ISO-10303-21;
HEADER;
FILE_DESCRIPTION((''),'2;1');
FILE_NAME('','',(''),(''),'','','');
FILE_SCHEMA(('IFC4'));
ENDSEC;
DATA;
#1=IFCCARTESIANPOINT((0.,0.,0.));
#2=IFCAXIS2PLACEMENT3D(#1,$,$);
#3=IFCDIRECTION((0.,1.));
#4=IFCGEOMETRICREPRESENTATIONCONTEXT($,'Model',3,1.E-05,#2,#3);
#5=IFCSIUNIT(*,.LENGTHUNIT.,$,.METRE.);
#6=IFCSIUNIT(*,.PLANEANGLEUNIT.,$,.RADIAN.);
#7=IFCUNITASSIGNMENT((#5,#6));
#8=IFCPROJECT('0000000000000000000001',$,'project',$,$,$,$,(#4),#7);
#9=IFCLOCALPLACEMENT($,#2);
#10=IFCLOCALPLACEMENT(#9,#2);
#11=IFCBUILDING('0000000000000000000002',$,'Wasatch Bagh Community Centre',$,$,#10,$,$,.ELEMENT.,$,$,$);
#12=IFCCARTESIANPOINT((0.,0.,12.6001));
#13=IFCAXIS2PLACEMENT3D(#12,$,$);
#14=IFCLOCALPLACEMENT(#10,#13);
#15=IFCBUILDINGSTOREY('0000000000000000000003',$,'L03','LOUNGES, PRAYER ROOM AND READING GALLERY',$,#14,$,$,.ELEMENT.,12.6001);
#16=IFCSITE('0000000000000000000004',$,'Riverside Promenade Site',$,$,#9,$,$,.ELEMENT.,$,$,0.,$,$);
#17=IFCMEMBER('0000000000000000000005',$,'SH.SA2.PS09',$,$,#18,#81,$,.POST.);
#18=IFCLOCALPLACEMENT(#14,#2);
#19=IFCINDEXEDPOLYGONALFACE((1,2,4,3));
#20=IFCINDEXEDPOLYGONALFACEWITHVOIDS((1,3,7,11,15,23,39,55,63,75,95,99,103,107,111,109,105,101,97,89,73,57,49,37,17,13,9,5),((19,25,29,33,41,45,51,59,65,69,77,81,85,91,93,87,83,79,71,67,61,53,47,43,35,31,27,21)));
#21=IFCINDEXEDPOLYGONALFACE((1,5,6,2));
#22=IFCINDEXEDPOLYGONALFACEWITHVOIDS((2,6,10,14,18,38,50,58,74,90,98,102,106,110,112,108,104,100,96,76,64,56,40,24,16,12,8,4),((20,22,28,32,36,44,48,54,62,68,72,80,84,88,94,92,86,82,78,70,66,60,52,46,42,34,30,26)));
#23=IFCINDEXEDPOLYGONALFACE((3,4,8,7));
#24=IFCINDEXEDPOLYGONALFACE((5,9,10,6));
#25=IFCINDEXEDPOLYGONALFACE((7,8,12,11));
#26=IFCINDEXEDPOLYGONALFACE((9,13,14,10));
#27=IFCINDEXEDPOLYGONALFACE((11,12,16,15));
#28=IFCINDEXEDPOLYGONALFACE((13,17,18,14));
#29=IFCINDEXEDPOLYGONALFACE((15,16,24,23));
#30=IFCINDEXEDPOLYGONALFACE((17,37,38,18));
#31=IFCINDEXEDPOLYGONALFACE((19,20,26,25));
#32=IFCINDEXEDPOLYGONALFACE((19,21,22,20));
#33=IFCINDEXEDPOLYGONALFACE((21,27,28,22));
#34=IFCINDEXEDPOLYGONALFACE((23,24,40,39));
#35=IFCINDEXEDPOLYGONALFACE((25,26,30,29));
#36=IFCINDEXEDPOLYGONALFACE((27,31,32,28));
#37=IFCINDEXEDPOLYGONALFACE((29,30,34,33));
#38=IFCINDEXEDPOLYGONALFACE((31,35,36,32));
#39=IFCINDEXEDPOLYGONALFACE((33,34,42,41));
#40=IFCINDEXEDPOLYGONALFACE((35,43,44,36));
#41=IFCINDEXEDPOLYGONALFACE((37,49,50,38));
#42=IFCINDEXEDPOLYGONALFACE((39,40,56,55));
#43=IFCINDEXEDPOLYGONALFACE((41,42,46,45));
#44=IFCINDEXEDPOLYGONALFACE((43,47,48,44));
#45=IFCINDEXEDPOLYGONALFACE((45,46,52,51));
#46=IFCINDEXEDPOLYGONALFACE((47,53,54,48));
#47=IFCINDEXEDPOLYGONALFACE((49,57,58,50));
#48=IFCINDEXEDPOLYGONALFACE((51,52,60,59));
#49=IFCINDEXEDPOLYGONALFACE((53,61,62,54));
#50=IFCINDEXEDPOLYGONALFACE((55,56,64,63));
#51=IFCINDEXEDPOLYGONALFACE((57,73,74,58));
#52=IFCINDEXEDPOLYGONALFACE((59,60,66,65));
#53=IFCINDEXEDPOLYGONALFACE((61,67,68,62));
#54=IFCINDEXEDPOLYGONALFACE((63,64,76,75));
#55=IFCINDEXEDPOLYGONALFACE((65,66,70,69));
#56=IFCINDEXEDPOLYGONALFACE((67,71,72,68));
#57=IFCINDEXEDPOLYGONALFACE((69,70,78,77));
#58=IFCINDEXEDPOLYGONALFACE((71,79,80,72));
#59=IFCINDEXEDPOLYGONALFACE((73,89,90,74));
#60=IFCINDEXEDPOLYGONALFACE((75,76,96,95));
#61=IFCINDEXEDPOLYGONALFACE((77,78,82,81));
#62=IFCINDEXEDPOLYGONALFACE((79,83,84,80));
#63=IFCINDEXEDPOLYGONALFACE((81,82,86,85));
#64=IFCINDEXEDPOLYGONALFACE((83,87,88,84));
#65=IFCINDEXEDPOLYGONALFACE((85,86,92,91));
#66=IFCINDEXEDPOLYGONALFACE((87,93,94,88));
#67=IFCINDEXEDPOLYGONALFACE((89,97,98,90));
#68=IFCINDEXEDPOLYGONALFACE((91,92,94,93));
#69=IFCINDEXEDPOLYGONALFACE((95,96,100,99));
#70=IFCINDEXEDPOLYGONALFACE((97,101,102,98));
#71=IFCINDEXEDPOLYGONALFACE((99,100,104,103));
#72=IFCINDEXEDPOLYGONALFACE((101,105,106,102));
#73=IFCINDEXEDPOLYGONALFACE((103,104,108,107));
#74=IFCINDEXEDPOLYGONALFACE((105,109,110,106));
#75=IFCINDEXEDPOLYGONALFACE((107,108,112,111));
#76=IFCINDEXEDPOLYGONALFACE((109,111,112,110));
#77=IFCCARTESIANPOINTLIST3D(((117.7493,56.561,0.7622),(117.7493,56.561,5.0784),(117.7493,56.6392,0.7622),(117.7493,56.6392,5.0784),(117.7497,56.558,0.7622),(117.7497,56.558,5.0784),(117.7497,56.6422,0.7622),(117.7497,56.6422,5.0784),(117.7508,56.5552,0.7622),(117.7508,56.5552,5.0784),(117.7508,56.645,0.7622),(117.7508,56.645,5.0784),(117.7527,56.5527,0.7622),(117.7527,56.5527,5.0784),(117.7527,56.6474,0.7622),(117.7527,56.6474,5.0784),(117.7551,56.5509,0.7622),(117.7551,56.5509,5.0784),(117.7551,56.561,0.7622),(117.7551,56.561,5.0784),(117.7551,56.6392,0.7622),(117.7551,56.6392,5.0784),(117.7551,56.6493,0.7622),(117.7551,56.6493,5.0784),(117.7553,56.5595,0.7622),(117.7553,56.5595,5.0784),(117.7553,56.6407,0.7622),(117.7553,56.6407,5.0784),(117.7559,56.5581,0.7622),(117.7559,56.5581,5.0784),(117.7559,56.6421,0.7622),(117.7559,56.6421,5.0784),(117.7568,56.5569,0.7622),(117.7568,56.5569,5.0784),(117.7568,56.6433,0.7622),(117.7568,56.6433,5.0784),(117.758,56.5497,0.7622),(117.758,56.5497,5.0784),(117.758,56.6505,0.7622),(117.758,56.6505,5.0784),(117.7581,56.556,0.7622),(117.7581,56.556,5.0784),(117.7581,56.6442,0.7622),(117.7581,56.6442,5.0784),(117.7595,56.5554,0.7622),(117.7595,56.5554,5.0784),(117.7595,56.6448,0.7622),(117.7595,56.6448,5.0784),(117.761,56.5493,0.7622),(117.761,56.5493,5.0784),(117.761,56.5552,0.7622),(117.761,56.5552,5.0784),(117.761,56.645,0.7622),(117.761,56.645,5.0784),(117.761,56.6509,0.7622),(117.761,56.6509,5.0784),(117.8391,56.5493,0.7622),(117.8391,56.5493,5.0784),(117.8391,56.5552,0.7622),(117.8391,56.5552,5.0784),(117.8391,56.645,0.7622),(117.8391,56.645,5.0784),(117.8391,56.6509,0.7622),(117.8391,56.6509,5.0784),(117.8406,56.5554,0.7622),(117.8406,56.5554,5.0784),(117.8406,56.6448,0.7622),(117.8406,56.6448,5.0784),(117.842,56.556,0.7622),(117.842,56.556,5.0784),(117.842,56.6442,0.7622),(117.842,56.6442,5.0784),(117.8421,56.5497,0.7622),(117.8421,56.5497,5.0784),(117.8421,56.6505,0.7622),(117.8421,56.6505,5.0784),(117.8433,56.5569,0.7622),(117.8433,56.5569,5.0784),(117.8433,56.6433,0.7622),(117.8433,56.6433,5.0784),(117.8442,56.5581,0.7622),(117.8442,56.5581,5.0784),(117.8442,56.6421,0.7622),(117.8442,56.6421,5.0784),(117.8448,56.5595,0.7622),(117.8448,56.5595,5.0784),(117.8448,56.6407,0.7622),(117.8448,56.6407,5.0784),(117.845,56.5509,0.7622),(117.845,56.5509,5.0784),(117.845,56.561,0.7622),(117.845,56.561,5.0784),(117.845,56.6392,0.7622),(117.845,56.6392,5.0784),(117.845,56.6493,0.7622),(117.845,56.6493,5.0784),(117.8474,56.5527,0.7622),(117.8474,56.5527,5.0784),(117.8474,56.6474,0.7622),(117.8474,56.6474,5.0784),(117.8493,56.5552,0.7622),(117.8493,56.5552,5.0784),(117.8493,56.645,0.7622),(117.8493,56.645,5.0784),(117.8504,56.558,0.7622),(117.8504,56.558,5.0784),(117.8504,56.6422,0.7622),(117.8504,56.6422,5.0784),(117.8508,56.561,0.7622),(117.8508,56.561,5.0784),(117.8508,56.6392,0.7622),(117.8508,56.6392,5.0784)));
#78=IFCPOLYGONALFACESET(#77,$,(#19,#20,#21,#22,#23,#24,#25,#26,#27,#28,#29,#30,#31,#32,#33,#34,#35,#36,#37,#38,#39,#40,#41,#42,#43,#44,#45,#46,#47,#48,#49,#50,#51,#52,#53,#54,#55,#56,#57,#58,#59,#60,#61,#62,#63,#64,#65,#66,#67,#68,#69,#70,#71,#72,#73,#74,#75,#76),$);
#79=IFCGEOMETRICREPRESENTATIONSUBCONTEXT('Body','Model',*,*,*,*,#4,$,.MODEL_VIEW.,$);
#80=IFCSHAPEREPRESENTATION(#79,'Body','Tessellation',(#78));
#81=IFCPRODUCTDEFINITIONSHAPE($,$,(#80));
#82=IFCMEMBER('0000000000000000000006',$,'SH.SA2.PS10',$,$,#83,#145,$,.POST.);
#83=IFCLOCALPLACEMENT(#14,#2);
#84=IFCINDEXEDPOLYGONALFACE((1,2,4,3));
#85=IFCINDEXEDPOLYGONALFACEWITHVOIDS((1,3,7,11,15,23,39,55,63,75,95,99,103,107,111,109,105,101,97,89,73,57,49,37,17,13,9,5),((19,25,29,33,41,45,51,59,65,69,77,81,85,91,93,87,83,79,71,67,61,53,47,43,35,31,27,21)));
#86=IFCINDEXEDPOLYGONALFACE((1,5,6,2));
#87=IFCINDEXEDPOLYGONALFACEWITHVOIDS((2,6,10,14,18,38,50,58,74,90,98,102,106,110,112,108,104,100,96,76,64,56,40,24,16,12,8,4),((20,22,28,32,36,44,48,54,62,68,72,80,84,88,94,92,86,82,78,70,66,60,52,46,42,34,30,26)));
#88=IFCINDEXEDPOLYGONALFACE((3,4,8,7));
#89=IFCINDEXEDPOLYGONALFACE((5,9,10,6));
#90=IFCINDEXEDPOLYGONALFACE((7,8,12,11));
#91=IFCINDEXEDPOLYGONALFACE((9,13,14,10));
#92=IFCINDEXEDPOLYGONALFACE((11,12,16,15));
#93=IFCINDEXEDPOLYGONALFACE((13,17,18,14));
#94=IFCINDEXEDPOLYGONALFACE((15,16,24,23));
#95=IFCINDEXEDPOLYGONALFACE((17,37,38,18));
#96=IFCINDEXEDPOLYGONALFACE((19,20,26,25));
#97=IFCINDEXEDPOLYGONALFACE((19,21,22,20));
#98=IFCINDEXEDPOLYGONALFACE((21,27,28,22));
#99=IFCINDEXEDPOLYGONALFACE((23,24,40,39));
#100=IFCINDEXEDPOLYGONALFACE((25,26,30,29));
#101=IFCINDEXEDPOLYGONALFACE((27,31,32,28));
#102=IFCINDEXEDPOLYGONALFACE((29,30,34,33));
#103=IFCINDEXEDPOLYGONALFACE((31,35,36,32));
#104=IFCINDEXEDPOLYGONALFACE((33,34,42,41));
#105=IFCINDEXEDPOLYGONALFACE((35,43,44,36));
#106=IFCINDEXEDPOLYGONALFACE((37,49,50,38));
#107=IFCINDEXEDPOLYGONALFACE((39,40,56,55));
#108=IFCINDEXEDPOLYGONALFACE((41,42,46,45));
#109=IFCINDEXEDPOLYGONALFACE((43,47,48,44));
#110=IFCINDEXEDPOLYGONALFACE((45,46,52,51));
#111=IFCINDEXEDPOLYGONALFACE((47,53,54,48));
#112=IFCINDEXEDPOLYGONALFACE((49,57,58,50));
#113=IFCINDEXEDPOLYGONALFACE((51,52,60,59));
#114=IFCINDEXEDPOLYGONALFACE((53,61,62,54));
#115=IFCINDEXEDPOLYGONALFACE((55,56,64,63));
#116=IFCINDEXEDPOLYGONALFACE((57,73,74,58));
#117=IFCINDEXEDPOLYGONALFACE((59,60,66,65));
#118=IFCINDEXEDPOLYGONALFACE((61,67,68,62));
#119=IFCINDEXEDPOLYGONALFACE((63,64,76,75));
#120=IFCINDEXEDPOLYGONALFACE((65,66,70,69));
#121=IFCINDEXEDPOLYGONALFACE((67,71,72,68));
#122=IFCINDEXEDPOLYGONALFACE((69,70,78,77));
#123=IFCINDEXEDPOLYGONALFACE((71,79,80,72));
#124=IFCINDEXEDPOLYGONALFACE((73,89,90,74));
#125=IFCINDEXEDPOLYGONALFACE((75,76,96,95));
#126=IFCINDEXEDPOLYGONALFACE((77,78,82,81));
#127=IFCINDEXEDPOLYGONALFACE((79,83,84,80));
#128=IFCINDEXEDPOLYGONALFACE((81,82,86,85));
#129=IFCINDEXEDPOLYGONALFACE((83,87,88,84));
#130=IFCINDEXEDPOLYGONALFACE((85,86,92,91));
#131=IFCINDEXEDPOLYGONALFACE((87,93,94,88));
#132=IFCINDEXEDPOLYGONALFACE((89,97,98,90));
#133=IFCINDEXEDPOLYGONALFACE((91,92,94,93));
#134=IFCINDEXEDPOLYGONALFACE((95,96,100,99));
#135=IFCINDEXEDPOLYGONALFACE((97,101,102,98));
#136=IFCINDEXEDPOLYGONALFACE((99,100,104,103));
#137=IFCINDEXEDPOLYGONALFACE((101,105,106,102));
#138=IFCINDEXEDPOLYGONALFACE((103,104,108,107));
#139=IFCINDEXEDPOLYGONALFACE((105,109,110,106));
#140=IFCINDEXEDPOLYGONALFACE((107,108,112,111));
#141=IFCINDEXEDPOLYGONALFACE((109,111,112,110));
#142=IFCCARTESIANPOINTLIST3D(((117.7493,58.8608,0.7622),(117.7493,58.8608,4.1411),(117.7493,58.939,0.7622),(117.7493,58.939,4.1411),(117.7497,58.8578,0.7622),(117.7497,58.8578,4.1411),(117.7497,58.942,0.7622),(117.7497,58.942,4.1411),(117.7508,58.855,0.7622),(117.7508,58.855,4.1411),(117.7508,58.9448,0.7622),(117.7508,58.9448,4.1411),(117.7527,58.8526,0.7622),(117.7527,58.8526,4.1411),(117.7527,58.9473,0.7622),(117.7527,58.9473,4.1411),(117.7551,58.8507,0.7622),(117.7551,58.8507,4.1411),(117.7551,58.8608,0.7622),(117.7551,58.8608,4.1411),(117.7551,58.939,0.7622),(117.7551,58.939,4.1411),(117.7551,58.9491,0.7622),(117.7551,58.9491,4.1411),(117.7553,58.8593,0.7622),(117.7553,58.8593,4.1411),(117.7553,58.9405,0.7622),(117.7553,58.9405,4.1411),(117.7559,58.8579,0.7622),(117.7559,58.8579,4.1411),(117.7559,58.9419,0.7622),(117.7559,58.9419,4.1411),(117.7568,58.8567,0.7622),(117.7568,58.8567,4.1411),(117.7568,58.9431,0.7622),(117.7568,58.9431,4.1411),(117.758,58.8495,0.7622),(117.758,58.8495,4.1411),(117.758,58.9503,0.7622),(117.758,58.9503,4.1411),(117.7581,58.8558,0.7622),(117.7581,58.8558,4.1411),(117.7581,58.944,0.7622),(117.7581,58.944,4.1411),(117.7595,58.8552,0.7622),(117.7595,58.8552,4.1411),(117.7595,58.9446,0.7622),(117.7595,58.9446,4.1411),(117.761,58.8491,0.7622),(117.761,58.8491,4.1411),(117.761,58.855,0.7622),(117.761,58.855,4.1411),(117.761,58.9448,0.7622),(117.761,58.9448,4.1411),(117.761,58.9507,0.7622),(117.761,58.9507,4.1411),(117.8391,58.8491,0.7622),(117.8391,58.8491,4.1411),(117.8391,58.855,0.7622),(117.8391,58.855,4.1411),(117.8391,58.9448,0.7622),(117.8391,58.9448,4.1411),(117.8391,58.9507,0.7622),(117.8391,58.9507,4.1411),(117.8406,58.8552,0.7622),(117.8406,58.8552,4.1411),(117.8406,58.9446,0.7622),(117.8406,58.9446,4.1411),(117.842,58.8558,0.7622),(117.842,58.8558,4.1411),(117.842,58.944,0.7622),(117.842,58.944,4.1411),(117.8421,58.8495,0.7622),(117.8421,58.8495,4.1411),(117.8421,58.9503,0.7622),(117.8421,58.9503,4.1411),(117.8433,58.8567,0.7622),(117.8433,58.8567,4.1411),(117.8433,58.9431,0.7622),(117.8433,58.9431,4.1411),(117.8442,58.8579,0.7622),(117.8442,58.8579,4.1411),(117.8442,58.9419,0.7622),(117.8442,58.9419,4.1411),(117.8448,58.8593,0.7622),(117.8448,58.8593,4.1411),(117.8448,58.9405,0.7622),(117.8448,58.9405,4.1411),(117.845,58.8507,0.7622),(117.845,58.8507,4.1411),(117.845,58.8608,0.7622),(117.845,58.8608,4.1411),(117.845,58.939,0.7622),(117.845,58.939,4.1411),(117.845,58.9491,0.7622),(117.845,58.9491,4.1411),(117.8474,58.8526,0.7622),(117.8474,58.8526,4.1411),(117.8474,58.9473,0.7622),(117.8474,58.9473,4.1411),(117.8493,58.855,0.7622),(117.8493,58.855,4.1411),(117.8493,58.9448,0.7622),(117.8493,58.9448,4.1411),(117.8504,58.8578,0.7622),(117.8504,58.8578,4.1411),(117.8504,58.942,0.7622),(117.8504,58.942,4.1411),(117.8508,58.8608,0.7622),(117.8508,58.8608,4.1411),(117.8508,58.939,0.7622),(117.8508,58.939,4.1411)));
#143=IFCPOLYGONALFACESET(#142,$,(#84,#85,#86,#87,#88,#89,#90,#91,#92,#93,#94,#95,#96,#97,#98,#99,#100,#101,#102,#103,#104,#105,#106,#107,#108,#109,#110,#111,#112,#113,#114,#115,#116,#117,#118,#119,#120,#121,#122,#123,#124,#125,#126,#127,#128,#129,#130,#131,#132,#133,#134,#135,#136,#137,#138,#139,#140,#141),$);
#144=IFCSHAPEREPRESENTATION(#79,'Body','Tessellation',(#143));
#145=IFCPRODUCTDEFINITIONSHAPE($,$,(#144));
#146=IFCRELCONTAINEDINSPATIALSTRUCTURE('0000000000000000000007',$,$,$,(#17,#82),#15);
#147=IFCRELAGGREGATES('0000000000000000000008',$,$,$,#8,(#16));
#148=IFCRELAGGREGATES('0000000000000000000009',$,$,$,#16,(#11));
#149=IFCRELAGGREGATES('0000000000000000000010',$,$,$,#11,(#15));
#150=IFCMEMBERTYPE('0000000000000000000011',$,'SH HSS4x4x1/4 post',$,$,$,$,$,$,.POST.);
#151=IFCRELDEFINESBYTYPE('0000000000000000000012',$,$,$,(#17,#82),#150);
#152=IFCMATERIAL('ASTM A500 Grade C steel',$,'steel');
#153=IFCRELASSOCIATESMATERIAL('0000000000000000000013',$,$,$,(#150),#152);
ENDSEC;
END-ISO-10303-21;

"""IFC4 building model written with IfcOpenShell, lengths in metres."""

from ifc_helpers import new_model, si_unit, direction, frame, origin, origin_2d, place, context, subcontext, project, spatial, hollow_rectangle, extrude, material, material_profile, profile_set, type_object, element, save


model = new_model("IFC4")

# Units and contexts
model_context = context("Model", 3, precision=1e-05, world=origin(), true_north=direction((0.0, 1.0)))
body_context = subcontext(model_context, "Body", "Model", "MODEL_VIEW")
ifc_project = project(units=[si_unit("LENGTHUNIT", "METRE"), si_unit("PLANEANGLEUNIT", "RADIAN")], contexts=[model_context])

# Site, building, storey
site_placement = place(None, origin())
site = spatial("IfcSite", under=ifc_project, at=site_placement, Name="Riverside Promenade Site", CompositionType="ELEMENT", RefElevation=0.0)
building_placement = place(site_placement, origin())
building = spatial("IfcBuilding", under=site, at=building_placement, Name="Wasatch Bagh Community Centre", CompositionType="ELEMENT")
storey_placement = place(building_placement, frame((0.0, 0.0, 12.6001)))
storey = spatial("IfcBuildingStorey", under=building, at=storey_placement, Name="L03", Description="LOUNGES, PRAYER ROOM AND READING GALLERY", CompositionType="ELEMENT", Elevation=12.6001)

# Members
ifc_material_1 = material(Name="ASTM A500 Grade C steel", Category="steel")
ifc_material_profile_1 = material_profile(ifc_material_1, hollow_rectangle(XDim=0.1016, YDim=0.1016, WallThickness=0.0059, InnerFilletRadius=0.0059, OuterFilletRadius=0.0117, at=origin_2d()), Name="HSS4x4x1/4")
ifc_profile_set_1 = profile_set([ifc_material_profile_1], Name="ASTM A500 Grade C steel")
member_type_1 = type_object("IfcMemberType", Name="SH HSS4x4x1/4 post", PredefinedType="POST", material=ifc_profile_set_1)
member_1_placement = place(storey_placement, frame((117.8, 56.6001, 0.7622), z_axis=(0.0, 0.0, 1.0), x_axis=(1.0, 0.0, 0.0)))
element("IfcMember", 1, at=member_1_placement, inside=storey, type_object=member_type_1, Name="SH.SA2.PS09", PredefinedType="POST", context=body_context, shape_type="SweptSolid", body=[
    extrude(hollow_rectangle(XDim=0.1016, YDim=0.1016, WallThickness=0.0059, InnerFilletRadius=0.0059, OuterFilletRadius=0.0117, at=origin_2d()), origin(), (0.0, 0.0, 1.0), 4.3162),
])
member_2_placement = place(storey_placement, frame((117.8, 58.8999, 0.7622), z_axis=(0.0, 0.0, 1.0), x_axis=(1.0, 0.0, 0.0)))
element("IfcMember", 2, at=member_2_placement, inside=storey, type_object=member_type_1, Name="SH.SA2.PS10", PredefinedType="POST", context=body_context, shape_type="SweptSolid", body=[
    extrude(hollow_rectangle(XDim=0.1016, YDim=0.1016, WallThickness=0.0059, InnerFilletRadius=0.0059, OuterFilletRadius=0.0117, at=origin_2d()), origin(), (0.0, 0.0, 1.0), 3.3789),
])

save(model, "model.ifc")
